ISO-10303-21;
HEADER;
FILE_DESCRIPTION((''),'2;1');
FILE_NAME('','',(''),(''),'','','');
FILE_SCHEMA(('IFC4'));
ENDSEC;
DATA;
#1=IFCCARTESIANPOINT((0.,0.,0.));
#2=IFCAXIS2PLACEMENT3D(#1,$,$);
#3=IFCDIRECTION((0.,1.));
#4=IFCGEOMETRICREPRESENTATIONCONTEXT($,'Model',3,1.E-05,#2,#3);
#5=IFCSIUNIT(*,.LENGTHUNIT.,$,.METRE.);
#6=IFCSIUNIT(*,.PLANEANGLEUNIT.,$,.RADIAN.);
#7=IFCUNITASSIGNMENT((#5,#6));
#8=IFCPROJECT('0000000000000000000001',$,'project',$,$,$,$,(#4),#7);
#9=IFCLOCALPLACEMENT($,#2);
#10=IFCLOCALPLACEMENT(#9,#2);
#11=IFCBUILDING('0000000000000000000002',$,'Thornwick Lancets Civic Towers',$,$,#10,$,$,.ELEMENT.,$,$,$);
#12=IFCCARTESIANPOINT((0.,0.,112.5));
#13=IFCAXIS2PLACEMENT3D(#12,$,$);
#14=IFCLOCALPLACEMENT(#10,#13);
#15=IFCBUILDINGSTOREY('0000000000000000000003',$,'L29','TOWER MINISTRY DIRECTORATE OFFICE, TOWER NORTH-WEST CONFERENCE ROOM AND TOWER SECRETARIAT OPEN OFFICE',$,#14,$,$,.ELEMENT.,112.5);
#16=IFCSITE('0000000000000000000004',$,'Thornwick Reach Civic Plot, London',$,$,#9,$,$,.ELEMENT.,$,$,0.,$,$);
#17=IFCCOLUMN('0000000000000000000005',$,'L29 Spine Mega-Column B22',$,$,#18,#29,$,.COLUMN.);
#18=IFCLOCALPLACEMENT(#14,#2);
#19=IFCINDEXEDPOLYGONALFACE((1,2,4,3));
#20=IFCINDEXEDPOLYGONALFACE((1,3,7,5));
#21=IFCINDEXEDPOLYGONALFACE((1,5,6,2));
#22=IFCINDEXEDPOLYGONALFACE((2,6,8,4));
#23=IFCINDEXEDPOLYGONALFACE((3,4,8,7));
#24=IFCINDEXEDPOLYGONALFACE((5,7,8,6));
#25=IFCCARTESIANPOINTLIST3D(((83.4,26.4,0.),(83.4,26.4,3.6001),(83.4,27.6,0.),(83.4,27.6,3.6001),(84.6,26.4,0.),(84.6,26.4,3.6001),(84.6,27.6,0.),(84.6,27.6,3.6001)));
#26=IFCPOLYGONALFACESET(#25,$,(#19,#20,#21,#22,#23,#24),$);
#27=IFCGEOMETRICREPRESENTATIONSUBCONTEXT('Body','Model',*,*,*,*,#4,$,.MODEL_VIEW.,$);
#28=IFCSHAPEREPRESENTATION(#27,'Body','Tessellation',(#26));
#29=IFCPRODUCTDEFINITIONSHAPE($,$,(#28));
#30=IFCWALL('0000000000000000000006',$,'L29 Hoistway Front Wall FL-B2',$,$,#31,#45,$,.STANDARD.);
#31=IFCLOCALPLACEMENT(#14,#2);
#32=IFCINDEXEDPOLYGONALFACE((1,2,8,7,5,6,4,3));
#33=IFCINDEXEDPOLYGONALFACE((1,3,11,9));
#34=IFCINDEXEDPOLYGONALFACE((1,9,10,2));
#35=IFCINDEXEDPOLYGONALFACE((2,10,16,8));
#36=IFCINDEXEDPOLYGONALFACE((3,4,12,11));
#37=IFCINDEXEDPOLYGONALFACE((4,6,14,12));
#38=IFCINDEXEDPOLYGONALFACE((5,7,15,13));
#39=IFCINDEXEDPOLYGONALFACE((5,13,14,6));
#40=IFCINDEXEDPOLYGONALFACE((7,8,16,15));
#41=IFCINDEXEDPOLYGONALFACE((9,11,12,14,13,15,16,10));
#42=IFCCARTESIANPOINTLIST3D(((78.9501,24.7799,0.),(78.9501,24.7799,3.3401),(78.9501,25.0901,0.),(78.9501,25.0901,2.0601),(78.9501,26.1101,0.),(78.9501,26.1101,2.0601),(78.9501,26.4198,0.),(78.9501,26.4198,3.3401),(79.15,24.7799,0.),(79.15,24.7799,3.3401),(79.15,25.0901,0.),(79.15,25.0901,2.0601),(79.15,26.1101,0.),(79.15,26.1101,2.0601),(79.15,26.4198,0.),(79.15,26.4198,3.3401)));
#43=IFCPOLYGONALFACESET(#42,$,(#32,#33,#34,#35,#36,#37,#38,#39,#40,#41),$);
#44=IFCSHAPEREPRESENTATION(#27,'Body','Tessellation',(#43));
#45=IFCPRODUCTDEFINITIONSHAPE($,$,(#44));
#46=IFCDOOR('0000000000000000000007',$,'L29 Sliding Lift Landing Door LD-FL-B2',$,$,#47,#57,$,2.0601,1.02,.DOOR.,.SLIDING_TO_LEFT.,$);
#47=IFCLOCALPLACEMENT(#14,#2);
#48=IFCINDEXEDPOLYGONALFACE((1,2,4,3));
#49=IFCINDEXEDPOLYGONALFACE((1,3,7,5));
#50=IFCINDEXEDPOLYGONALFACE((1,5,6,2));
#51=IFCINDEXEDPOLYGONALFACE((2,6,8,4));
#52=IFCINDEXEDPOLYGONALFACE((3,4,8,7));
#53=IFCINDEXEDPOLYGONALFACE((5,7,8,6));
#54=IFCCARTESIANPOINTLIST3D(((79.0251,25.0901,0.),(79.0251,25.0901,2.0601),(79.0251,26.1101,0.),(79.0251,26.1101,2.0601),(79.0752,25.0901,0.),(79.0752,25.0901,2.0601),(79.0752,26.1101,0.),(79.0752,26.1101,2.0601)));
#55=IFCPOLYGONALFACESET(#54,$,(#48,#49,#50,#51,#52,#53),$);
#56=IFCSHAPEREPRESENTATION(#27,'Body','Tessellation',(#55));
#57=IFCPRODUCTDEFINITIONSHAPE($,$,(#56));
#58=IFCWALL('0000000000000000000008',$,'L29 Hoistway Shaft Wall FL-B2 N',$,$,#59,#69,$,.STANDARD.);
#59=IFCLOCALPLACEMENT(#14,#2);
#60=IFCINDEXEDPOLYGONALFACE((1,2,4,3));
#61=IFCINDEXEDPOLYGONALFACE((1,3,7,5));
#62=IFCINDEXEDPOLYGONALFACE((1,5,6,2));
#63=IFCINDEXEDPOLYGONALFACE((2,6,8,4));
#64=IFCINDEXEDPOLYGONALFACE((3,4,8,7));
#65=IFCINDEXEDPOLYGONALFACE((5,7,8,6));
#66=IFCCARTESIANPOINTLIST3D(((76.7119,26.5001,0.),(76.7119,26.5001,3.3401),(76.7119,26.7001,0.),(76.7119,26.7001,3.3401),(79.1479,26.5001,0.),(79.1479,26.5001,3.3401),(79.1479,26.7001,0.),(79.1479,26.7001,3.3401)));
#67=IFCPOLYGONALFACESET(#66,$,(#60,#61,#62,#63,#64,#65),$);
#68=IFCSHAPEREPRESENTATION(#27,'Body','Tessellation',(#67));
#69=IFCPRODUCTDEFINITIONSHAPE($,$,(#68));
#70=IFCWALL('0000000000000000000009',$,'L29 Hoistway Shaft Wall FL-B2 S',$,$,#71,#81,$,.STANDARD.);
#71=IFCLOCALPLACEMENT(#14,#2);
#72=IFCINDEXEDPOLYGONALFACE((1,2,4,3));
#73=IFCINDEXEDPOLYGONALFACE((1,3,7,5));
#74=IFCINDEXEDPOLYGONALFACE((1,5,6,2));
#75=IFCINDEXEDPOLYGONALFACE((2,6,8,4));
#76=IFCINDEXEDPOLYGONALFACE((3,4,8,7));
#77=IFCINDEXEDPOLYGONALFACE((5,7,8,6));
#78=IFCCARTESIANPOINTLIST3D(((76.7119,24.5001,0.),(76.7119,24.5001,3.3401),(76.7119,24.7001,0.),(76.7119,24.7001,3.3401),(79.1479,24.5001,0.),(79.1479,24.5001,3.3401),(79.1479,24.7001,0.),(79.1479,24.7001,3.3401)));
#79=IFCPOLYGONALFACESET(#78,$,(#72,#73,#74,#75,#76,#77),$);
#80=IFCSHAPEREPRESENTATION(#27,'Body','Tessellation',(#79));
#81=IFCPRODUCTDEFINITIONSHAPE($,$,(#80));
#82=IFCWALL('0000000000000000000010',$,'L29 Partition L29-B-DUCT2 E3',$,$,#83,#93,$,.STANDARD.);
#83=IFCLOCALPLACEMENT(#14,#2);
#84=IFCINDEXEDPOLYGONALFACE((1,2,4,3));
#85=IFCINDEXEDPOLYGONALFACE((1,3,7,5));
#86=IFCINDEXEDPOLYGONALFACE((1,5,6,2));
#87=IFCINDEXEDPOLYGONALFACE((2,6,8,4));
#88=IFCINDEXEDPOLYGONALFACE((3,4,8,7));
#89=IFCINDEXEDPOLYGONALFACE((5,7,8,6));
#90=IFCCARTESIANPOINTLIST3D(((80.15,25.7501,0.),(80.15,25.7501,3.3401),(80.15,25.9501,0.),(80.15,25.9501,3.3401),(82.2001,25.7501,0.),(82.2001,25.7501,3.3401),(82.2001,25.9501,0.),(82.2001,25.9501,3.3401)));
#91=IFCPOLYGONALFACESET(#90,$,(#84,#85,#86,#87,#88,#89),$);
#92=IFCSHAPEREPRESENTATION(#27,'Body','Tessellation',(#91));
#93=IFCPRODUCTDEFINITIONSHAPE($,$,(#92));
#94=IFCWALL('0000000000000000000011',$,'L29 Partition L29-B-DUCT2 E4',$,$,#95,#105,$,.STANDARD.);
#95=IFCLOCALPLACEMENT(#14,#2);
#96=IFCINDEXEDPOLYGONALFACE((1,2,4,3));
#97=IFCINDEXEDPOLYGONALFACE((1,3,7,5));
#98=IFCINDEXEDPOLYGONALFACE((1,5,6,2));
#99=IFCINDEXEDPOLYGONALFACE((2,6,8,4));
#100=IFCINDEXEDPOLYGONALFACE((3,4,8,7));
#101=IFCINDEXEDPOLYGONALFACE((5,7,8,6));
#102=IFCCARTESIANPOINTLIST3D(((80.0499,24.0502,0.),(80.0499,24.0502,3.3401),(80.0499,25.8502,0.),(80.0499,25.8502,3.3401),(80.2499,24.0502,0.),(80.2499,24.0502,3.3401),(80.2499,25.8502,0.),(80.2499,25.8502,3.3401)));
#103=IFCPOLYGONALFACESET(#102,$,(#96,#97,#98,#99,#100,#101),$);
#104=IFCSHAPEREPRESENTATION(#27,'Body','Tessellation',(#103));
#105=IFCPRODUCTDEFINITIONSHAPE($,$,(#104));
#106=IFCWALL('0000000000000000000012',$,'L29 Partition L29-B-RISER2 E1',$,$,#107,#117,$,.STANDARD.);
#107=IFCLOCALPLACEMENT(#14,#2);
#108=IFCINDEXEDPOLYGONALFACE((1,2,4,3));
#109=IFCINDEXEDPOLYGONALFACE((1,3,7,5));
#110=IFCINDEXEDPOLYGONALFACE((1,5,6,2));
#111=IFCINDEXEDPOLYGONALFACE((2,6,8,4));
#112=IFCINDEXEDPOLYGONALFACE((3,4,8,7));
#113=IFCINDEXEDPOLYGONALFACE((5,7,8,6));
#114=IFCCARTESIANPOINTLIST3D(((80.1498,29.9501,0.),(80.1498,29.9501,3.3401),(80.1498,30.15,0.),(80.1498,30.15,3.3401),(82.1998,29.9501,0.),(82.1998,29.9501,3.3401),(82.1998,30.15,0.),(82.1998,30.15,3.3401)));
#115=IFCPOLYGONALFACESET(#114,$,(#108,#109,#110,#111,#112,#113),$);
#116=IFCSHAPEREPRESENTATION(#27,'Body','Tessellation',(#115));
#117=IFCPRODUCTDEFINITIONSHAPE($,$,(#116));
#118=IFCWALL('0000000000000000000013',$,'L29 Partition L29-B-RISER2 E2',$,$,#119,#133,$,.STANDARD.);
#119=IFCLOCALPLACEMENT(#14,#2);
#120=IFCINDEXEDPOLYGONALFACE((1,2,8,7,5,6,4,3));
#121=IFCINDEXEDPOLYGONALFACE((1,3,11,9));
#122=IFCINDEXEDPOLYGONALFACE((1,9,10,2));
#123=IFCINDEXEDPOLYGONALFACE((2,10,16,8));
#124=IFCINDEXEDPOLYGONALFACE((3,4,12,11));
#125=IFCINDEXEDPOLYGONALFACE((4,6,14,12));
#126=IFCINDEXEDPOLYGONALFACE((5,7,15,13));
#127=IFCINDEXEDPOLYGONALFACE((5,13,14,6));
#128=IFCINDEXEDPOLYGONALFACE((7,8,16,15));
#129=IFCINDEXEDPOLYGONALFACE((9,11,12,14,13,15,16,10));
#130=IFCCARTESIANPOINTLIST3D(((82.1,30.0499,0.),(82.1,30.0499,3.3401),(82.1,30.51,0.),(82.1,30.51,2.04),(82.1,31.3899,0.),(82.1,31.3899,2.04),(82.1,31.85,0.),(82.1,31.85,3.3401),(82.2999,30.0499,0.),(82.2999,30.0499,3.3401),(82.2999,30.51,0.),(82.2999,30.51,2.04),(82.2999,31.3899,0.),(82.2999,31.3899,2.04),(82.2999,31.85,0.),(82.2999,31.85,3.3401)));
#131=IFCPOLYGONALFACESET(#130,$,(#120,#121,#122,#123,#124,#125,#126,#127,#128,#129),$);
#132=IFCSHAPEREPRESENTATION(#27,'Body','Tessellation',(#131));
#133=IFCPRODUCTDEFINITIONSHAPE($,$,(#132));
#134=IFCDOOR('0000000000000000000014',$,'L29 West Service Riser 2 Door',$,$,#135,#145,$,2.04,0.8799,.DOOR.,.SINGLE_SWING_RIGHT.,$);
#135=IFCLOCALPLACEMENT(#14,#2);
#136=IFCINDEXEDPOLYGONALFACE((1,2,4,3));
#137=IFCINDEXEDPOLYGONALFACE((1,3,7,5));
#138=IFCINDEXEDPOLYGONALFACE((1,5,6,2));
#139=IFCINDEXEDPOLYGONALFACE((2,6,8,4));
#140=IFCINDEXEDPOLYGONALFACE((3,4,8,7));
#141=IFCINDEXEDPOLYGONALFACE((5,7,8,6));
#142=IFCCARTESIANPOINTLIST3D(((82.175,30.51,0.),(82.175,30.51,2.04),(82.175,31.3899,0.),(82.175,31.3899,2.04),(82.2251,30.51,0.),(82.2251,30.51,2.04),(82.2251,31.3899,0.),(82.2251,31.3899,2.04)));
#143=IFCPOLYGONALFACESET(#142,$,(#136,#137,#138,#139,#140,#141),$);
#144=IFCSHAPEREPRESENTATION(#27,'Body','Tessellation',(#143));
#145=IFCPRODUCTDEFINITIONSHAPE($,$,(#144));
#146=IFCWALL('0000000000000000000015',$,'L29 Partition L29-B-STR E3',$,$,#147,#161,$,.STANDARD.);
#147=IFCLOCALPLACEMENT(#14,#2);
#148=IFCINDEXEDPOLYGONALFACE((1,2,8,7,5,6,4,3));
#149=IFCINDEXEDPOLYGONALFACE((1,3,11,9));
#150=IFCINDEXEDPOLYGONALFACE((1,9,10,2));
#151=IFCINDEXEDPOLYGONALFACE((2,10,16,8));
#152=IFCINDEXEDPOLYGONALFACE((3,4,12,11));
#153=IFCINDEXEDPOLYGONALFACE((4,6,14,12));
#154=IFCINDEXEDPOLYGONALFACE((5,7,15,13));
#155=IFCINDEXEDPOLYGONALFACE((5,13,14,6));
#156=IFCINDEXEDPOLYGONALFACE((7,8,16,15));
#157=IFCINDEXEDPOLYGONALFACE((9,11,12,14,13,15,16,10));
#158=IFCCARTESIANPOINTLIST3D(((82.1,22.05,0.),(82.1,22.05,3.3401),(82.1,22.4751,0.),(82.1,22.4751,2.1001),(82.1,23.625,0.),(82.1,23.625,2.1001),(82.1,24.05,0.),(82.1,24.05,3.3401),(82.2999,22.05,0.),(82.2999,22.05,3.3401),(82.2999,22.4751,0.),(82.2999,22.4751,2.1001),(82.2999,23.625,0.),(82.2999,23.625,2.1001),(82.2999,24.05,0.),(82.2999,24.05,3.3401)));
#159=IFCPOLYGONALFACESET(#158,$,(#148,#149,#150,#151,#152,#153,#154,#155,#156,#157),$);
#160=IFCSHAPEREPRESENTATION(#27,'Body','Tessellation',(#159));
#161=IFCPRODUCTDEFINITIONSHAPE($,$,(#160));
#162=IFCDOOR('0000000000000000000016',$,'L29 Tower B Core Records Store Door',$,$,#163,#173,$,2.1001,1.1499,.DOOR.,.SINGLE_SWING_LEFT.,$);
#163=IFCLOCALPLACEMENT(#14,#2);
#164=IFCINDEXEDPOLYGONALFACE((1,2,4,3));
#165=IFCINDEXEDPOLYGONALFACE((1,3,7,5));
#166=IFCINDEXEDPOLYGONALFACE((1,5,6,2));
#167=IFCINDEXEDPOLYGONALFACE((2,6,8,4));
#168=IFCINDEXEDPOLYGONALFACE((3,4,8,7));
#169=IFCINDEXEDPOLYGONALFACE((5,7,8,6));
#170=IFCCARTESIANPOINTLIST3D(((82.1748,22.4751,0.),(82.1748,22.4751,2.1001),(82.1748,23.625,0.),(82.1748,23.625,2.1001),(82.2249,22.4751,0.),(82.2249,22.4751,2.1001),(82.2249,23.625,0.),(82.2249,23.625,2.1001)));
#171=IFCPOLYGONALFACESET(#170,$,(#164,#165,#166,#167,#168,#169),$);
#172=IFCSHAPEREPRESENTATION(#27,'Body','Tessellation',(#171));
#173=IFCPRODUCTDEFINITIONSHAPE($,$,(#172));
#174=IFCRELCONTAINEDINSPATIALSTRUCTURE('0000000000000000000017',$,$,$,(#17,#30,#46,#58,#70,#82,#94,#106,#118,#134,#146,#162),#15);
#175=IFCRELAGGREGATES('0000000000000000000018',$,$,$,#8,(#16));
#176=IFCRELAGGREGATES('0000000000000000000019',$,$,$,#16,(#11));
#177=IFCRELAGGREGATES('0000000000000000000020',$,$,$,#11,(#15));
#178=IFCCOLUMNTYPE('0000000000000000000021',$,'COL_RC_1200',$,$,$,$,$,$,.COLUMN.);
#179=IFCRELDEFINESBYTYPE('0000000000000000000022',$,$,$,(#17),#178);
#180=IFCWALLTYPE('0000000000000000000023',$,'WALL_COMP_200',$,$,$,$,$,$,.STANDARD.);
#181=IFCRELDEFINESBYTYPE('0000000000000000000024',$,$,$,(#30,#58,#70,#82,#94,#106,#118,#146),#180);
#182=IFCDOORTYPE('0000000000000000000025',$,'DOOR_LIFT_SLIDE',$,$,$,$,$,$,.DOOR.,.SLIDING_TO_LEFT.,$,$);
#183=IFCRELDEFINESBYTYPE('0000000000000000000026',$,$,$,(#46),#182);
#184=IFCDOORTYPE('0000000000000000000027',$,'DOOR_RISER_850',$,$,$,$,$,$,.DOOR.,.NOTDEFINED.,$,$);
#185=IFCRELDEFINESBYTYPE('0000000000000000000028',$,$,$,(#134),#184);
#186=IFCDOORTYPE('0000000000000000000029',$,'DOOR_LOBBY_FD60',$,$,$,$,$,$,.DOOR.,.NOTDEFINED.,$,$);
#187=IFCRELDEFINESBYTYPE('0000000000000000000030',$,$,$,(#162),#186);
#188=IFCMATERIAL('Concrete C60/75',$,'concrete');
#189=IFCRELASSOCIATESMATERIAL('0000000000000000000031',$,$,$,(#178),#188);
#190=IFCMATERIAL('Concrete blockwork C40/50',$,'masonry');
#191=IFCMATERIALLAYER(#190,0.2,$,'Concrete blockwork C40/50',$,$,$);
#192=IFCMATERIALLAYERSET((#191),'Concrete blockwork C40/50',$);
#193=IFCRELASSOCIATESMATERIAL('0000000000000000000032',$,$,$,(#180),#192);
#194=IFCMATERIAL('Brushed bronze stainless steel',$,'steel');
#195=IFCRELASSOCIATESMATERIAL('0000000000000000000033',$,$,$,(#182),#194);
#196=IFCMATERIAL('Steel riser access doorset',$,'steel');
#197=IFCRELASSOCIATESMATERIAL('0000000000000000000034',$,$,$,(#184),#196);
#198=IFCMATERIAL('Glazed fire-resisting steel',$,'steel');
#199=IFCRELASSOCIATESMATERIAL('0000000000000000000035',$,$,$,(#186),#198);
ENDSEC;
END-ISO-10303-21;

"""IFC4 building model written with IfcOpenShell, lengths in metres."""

from ifc_helpers import new_model, si_unit, direction, frame, frame_2d, origin, origin_2d, place, context, subcontext, project, spatial, rectangle, extrude, material, layer, layer_set, material_profile, profile_set, type_object, element, fill, save


model = new_model("IFC4")

# Units and contexts
model_context = context("Model", 3, precision=1e-05, world=origin(), true_north=direction((0.0, 1.0)))
body_context = subcontext(model_context, "Body", "Model", "MODEL_VIEW")
ifc_project = project(units=[si_unit("LENGTHUNIT", "METRE"), si_unit("PLANEANGLEUNIT", "RADIAN")], contexts=[model_context])

# Site, building, storey
site_placement = place(None, origin())
site = spatial("IfcSite", under=ifc_project, at=site_placement, Name="Thornwick Reach Civic Plot, London", CompositionType="ELEMENT", RefElevation=0.0)
building_placement = place(site_placement, origin())
building = spatial("IfcBuilding", under=site, at=building_placement, Name="Thornwick Lancets Civic Towers", CompositionType="ELEMENT")
storey_placement = place(building_placement, frame((0.0, 0.0, 112.5)))
storey = spatial("IfcBuildingStorey", under=building, at=storey_placement, Name="L29", Description="TOWER MINISTRY DIRECTORATE OFFICE, TOWER NORTH-WEST CONFERENCE ROOM AND TOWER SECRETARIAT OPEN OFFICE", CompositionType="ELEMENT", Elevation=112.5)

# Column
ifc_material_1 = material(Name="Concrete C60/75", Category="concrete")
ifc_material_profile = material_profile(ifc_material_1, rectangle(XDim=1.2, YDim=1.2, at=origin_2d()), Name="RC 1200x1200")
ifc_profile_set = profile_set([ifc_material_profile], Name="Concrete C60/75")
column_type = type_object("IfcColumnType", Name="COL_RC_1200", PredefinedType="COLUMN", material=ifc_profile_set)
column_placement = place(storey_placement, frame((84.0, 27.0, 0.0), z_axis=(0.0, 0.0, 1.0), x_axis=(1.0, 0.0, 0.0)))
element("IfcColumn", 1, at=column_placement, inside=storey, type_object=column_type, Name="L29 Spine Mega-Column B22", PredefinedType="COLUMN", context=body_context, shape_type="SweptSolid", body=[
    extrude(rectangle(XDim=1.2, YDim=1.2, at=origin_2d()), origin(), (0.0, 0.0, 1.0), 3.6001),
])

# Wall, opening, door
ifc_material_2 = material(Name="Concrete blockwork C40/50", Category="masonry")
ifc_layer_1 = layer(ifc_material_2, 0.2, Name="Concrete blockwork C40/50")
ifc_layer_set_1 = layer_set([ifc_layer_1], Name="Concrete blockwork C40/50")
wall_type_1 = type_object("IfcWallType", Name="WALL_COMP_200", PredefinedType="STANDARD", material=ifc_layer_set_1)
wall_1_placement = place(storey_placement, frame((79.05, 24.78, 0.0), z_axis=(0.0, 0.0, 1.0), x_axis=(0.0, 1.0, 0.0)))
wall_1 = element("IfcWall", 2, at=wall_1_placement, inside=storey, type_object=wall_type_1, Name="L29 Hoistway Front Wall FL-B2", PredefinedType="STANDARD", context=body_context, shape_type="SweptSolid", body=[
    extrude(rectangle(XDim=1.6399, YDim=0.2, at=frame_2d((0.8198, 0.0))), origin(), (0.0, 0.0, 1.0), 3.3401),
])
opening_1_placement = place(wall_1_placement, frame((0.3101, 0.0, 0.0)))
opening_1 = element("IfcOpeningElement", 3, at=opening_1_placement, cuts=wall_1, PredefinedType="OPENING", context=body_context, shape_type="SweptSolid", body=[
    extrude(rectangle(XDim=1.02, YDim=2.0601, at=frame_2d((0.51, 1.03))), frame((0.0, 0.1099, 0.0), z_axis=(0.0, -1.0, 0.0), x_axis=(1.0, 0.0, 0.0)), (0.0, 0.0, 1.0), 0.22),
])
ifc_material_3 = material(Name="Brushed bronze stainless steel", Category="steel")
door_type_1 = type_object("IfcDoorType", Name="DOOR_LIFT_SLIDE", OperationType="SLIDING_TO_LEFT", PredefinedType="DOOR", material=ifc_material_3)
door_1_placement = place(opening_1_placement, origin())
door_1 = element("IfcDoor", 4, at=door_1_placement, inside=storey, type_object=door_type_1, Name="L29 Sliding Lift Landing Door LD-FL-B2", OperationType="SLIDING_TO_LEFT", OverallHeight=2.0601, OverallWidth=1.02, PredefinedType="DOOR", context=body_context, shape_type="SweptSolid", body=[
    extrude(rectangle(XDim=1.02, YDim=2.0601, at=frame_2d((0.51, 1.03))), frame((0.0, 0.0249, 0.0), z_axis=(0.0, -1.0, 0.0), x_axis=(1.0, 0.0, 0.0)), (0.0, 0.0, 1.0), 0.05),
])
fill(opening_1, door_1)

# Walls
for number, where, z_axis, x_axis, name in (
    (5, (76.7119, 26.6001, 0.0), (0.0, 0.0, 1.0), (1.0, 0.0, 0.0), "L29 Hoistway Shaft Wall FL-B2 N"),
    (6, (76.7119, 24.6001, 0.0), (0.0, 0.0, 1.0), (1.0, 0.0, 0.0), "L29 Hoistway Shaft Wall FL-B2 S"),
):
    element("IfcWall", number, at=place(storey_placement, frame(where, z_axis=z_axis, x_axis=x_axis)), inside=storey, type_object=wall_type_1, Name=name, PredefinedType="STANDARD", context=body_context, shape_type="SweptSolid", body=[
        extrude(rectangle(XDim=2.436, YDim=0.2, at=frame_2d((1.218, 0.0))), origin(), (0.0, 0.0, 1.0), 3.3401),
    ])
wall_2_placement = place(storey_placement, frame((82.2, 25.8501, 0.0), z_axis=(0.0, 0.0, 1.0), x_axis=(-1.0, 0.0, 0.0)))
element("IfcWall", 7, at=wall_2_placement, inside=storey, type_object=wall_type_1, Name="L29 Partition L29-B-DUCT2 E3", PredefinedType="STANDARD", context=body_context, shape_type="SweptSolid", body=[
    extrude(rectangle(XDim=2.05, YDim=0.2, at=frame_2d((1.0249, 0.0))), origin(), (0.0, 0.0, 1.0), 3.3401),
])
wall_3_placement = place(storey_placement, frame((80.1499, 25.8501, 0.0), z_axis=(0.0, 0.0, 1.0), x_axis=(0.0, -1.0, 0.0)))
element("IfcWall", 8, at=wall_3_placement, inside=storey, type_object=wall_type_1, Name="L29 Partition L29-B-DUCT2 E4", PredefinedType="STANDARD", context=body_context, shape_type="SweptSolid", body=[
    extrude(rectangle(XDim=1.8, YDim=0.2, at=frame_2d((0.8999, 0.0))), origin(), (0.0, 0.0, 1.0), 3.3401),
])
wall_4_placement = place(storey_placement, frame((80.1499, 30.05, 0.0), z_axis=(0.0, 0.0, 1.0), x_axis=(1.0, 0.0, 0.0)))
element("IfcWall", 9, at=wall_4_placement, inside=storey, type_object=wall_type_1, Name="L29 Partition L29-B-RISER2 E1", PredefinedType="STANDARD", context=body_context, shape_type="SweptSolid", body=[
    extrude(rectangle(XDim=2.05, YDim=0.2, at=frame_2d((1.0249, 0.0))), origin(), (0.0, 0.0, 1.0), 3.3401),
])

# Walls, openings, doors
wall_5_placement = place(storey_placement, frame((82.2, 30.05, 0.0), z_axis=(0.0, 0.0, 1.0), x_axis=(0.0, 1.0, 0.0)))
wall_5 = element("IfcWall", 10, at=wall_5_placement, inside=storey, type_object=wall_type_1, Name="L29 Partition L29-B-RISER2 E2", PredefinedType="STANDARD", context=body_context, shape_type="SweptSolid", body=[
    extrude(rectangle(XDim=1.8, YDim=0.2, at=frame_2d((0.8999, 0.0))), origin(), (0.0, 0.0, 1.0), 3.3401),
])
opening_2_placement = place(wall_5_placement, frame((0.46, 0.0, 0.0)))
opening_2 = element("IfcOpeningElement", 11, at=opening_2_placement, cuts=wall_5, PredefinedType="OPENING", context=body_context, shape_type="SweptSolid", body=[
    extrude(rectangle(XDim=0.8799, YDim=2.04, at=frame_2d((0.4399, 1.02))), frame((0.0, 0.1099, 0.0), z_axis=(0.0, -1.0, 0.0), x_axis=(1.0, 0.0, 0.0)), (0.0, 0.0, 1.0), 0.22),
])
ifc_material_4 = material(Name="Steel riser access doorset", Category="steel")
door_type_2 = type_object("IfcDoorType", Name="DOOR_RISER_850", OperationType="NOTDEFINED", PredefinedType="DOOR", material=ifc_material_4)
door_2_placement = place(opening_2_placement, origin())
door_2 = element("IfcDoor", 12, at=door_2_placement, inside=storey, type_object=door_type_2, Name="L29 West Service Riser 2 Door", OperationType="SINGLE_SWING_RIGHT", OverallHeight=2.04, OverallWidth=0.8799, PredefinedType="DOOR", context=body_context, shape_type="SweptSolid", body=[
    extrude(rectangle(XDim=0.8799, YDim=2.04, at=frame_2d((0.4399, 1.02))), frame((0.0, 0.0249, 0.0), z_axis=(0.0, -1.0, 0.0), x_axis=(1.0, 0.0, 0.0)), (0.0, 0.0, 1.0), 0.05),
])
fill(opening_2, door_2)
wall_6_placement = place(storey_placement, frame((82.2, 24.05, 0.0), z_axis=(0.0, 0.0, 1.0), x_axis=(0.0, -1.0, 0.0)))
wall_6 = element("IfcWall", 13, at=wall_6_placement, inside=storey, type_object=wall_type_1, Name="L29 Partition L29-B-STR E3", PredefinedType="STANDARD", context=body_context, shape_type="SweptSolid", body=[
    extrude(rectangle(XDim=2.0, YDim=0.2, at=frame_2d((1.0, 0.0))), origin(), (0.0, 0.0, 1.0), 3.3401),
])
opening_3_placement = place(wall_6_placement, frame((0.425, 0.0, 0.0)))
opening_3 = element("IfcOpeningElement", 14, at=opening_3_placement, cuts=wall_6, PredefinedType="OPENING", context=body_context, shape_type="SweptSolid", body=[
    extrude(rectangle(XDim=1.1499, YDim=2.1001, at=frame_2d((0.575, 1.05))), frame((0.0, 0.1099, 0.0), z_axis=(0.0, -1.0, 0.0), x_axis=(1.0, 0.0, 0.0)), (0.0, 0.0, 1.0), 0.22),
])
ifc_material_5 = material(Name="Glazed fire-resisting steel", Category="steel")
door_type_3 = type_object("IfcDoorType", Name="DOOR_LOBBY_FD60", OperationType="NOTDEFINED", PredefinedType="DOOR", material=ifc_material_5)
door_3_placement = place(opening_3_placement, origin())
door_3 = element("IfcDoor", 15, at=door_3_placement, inside=storey, type_object=door_type_3, Name="L29 Tower B Core Records Store Door", OperationType="SINGLE_SWING_LEFT", OverallHeight=2.1001, OverallWidth=1.1499, PredefinedType="DOOR", context=body_context, shape_type="SweptSolid", body=[
    extrude(rectangle(XDim=1.1499, YDim=2.1001, at=frame_2d((0.575, 1.05))), frame((0.0, 0.0249, 0.0), z_axis=(0.0, -1.0, 0.0), x_axis=(1.0, 0.0, 0.0)), (0.0, 0.0, 1.0), 0.05),
])
fill(opening_3, door_3)

save(model, "model.ifc")
